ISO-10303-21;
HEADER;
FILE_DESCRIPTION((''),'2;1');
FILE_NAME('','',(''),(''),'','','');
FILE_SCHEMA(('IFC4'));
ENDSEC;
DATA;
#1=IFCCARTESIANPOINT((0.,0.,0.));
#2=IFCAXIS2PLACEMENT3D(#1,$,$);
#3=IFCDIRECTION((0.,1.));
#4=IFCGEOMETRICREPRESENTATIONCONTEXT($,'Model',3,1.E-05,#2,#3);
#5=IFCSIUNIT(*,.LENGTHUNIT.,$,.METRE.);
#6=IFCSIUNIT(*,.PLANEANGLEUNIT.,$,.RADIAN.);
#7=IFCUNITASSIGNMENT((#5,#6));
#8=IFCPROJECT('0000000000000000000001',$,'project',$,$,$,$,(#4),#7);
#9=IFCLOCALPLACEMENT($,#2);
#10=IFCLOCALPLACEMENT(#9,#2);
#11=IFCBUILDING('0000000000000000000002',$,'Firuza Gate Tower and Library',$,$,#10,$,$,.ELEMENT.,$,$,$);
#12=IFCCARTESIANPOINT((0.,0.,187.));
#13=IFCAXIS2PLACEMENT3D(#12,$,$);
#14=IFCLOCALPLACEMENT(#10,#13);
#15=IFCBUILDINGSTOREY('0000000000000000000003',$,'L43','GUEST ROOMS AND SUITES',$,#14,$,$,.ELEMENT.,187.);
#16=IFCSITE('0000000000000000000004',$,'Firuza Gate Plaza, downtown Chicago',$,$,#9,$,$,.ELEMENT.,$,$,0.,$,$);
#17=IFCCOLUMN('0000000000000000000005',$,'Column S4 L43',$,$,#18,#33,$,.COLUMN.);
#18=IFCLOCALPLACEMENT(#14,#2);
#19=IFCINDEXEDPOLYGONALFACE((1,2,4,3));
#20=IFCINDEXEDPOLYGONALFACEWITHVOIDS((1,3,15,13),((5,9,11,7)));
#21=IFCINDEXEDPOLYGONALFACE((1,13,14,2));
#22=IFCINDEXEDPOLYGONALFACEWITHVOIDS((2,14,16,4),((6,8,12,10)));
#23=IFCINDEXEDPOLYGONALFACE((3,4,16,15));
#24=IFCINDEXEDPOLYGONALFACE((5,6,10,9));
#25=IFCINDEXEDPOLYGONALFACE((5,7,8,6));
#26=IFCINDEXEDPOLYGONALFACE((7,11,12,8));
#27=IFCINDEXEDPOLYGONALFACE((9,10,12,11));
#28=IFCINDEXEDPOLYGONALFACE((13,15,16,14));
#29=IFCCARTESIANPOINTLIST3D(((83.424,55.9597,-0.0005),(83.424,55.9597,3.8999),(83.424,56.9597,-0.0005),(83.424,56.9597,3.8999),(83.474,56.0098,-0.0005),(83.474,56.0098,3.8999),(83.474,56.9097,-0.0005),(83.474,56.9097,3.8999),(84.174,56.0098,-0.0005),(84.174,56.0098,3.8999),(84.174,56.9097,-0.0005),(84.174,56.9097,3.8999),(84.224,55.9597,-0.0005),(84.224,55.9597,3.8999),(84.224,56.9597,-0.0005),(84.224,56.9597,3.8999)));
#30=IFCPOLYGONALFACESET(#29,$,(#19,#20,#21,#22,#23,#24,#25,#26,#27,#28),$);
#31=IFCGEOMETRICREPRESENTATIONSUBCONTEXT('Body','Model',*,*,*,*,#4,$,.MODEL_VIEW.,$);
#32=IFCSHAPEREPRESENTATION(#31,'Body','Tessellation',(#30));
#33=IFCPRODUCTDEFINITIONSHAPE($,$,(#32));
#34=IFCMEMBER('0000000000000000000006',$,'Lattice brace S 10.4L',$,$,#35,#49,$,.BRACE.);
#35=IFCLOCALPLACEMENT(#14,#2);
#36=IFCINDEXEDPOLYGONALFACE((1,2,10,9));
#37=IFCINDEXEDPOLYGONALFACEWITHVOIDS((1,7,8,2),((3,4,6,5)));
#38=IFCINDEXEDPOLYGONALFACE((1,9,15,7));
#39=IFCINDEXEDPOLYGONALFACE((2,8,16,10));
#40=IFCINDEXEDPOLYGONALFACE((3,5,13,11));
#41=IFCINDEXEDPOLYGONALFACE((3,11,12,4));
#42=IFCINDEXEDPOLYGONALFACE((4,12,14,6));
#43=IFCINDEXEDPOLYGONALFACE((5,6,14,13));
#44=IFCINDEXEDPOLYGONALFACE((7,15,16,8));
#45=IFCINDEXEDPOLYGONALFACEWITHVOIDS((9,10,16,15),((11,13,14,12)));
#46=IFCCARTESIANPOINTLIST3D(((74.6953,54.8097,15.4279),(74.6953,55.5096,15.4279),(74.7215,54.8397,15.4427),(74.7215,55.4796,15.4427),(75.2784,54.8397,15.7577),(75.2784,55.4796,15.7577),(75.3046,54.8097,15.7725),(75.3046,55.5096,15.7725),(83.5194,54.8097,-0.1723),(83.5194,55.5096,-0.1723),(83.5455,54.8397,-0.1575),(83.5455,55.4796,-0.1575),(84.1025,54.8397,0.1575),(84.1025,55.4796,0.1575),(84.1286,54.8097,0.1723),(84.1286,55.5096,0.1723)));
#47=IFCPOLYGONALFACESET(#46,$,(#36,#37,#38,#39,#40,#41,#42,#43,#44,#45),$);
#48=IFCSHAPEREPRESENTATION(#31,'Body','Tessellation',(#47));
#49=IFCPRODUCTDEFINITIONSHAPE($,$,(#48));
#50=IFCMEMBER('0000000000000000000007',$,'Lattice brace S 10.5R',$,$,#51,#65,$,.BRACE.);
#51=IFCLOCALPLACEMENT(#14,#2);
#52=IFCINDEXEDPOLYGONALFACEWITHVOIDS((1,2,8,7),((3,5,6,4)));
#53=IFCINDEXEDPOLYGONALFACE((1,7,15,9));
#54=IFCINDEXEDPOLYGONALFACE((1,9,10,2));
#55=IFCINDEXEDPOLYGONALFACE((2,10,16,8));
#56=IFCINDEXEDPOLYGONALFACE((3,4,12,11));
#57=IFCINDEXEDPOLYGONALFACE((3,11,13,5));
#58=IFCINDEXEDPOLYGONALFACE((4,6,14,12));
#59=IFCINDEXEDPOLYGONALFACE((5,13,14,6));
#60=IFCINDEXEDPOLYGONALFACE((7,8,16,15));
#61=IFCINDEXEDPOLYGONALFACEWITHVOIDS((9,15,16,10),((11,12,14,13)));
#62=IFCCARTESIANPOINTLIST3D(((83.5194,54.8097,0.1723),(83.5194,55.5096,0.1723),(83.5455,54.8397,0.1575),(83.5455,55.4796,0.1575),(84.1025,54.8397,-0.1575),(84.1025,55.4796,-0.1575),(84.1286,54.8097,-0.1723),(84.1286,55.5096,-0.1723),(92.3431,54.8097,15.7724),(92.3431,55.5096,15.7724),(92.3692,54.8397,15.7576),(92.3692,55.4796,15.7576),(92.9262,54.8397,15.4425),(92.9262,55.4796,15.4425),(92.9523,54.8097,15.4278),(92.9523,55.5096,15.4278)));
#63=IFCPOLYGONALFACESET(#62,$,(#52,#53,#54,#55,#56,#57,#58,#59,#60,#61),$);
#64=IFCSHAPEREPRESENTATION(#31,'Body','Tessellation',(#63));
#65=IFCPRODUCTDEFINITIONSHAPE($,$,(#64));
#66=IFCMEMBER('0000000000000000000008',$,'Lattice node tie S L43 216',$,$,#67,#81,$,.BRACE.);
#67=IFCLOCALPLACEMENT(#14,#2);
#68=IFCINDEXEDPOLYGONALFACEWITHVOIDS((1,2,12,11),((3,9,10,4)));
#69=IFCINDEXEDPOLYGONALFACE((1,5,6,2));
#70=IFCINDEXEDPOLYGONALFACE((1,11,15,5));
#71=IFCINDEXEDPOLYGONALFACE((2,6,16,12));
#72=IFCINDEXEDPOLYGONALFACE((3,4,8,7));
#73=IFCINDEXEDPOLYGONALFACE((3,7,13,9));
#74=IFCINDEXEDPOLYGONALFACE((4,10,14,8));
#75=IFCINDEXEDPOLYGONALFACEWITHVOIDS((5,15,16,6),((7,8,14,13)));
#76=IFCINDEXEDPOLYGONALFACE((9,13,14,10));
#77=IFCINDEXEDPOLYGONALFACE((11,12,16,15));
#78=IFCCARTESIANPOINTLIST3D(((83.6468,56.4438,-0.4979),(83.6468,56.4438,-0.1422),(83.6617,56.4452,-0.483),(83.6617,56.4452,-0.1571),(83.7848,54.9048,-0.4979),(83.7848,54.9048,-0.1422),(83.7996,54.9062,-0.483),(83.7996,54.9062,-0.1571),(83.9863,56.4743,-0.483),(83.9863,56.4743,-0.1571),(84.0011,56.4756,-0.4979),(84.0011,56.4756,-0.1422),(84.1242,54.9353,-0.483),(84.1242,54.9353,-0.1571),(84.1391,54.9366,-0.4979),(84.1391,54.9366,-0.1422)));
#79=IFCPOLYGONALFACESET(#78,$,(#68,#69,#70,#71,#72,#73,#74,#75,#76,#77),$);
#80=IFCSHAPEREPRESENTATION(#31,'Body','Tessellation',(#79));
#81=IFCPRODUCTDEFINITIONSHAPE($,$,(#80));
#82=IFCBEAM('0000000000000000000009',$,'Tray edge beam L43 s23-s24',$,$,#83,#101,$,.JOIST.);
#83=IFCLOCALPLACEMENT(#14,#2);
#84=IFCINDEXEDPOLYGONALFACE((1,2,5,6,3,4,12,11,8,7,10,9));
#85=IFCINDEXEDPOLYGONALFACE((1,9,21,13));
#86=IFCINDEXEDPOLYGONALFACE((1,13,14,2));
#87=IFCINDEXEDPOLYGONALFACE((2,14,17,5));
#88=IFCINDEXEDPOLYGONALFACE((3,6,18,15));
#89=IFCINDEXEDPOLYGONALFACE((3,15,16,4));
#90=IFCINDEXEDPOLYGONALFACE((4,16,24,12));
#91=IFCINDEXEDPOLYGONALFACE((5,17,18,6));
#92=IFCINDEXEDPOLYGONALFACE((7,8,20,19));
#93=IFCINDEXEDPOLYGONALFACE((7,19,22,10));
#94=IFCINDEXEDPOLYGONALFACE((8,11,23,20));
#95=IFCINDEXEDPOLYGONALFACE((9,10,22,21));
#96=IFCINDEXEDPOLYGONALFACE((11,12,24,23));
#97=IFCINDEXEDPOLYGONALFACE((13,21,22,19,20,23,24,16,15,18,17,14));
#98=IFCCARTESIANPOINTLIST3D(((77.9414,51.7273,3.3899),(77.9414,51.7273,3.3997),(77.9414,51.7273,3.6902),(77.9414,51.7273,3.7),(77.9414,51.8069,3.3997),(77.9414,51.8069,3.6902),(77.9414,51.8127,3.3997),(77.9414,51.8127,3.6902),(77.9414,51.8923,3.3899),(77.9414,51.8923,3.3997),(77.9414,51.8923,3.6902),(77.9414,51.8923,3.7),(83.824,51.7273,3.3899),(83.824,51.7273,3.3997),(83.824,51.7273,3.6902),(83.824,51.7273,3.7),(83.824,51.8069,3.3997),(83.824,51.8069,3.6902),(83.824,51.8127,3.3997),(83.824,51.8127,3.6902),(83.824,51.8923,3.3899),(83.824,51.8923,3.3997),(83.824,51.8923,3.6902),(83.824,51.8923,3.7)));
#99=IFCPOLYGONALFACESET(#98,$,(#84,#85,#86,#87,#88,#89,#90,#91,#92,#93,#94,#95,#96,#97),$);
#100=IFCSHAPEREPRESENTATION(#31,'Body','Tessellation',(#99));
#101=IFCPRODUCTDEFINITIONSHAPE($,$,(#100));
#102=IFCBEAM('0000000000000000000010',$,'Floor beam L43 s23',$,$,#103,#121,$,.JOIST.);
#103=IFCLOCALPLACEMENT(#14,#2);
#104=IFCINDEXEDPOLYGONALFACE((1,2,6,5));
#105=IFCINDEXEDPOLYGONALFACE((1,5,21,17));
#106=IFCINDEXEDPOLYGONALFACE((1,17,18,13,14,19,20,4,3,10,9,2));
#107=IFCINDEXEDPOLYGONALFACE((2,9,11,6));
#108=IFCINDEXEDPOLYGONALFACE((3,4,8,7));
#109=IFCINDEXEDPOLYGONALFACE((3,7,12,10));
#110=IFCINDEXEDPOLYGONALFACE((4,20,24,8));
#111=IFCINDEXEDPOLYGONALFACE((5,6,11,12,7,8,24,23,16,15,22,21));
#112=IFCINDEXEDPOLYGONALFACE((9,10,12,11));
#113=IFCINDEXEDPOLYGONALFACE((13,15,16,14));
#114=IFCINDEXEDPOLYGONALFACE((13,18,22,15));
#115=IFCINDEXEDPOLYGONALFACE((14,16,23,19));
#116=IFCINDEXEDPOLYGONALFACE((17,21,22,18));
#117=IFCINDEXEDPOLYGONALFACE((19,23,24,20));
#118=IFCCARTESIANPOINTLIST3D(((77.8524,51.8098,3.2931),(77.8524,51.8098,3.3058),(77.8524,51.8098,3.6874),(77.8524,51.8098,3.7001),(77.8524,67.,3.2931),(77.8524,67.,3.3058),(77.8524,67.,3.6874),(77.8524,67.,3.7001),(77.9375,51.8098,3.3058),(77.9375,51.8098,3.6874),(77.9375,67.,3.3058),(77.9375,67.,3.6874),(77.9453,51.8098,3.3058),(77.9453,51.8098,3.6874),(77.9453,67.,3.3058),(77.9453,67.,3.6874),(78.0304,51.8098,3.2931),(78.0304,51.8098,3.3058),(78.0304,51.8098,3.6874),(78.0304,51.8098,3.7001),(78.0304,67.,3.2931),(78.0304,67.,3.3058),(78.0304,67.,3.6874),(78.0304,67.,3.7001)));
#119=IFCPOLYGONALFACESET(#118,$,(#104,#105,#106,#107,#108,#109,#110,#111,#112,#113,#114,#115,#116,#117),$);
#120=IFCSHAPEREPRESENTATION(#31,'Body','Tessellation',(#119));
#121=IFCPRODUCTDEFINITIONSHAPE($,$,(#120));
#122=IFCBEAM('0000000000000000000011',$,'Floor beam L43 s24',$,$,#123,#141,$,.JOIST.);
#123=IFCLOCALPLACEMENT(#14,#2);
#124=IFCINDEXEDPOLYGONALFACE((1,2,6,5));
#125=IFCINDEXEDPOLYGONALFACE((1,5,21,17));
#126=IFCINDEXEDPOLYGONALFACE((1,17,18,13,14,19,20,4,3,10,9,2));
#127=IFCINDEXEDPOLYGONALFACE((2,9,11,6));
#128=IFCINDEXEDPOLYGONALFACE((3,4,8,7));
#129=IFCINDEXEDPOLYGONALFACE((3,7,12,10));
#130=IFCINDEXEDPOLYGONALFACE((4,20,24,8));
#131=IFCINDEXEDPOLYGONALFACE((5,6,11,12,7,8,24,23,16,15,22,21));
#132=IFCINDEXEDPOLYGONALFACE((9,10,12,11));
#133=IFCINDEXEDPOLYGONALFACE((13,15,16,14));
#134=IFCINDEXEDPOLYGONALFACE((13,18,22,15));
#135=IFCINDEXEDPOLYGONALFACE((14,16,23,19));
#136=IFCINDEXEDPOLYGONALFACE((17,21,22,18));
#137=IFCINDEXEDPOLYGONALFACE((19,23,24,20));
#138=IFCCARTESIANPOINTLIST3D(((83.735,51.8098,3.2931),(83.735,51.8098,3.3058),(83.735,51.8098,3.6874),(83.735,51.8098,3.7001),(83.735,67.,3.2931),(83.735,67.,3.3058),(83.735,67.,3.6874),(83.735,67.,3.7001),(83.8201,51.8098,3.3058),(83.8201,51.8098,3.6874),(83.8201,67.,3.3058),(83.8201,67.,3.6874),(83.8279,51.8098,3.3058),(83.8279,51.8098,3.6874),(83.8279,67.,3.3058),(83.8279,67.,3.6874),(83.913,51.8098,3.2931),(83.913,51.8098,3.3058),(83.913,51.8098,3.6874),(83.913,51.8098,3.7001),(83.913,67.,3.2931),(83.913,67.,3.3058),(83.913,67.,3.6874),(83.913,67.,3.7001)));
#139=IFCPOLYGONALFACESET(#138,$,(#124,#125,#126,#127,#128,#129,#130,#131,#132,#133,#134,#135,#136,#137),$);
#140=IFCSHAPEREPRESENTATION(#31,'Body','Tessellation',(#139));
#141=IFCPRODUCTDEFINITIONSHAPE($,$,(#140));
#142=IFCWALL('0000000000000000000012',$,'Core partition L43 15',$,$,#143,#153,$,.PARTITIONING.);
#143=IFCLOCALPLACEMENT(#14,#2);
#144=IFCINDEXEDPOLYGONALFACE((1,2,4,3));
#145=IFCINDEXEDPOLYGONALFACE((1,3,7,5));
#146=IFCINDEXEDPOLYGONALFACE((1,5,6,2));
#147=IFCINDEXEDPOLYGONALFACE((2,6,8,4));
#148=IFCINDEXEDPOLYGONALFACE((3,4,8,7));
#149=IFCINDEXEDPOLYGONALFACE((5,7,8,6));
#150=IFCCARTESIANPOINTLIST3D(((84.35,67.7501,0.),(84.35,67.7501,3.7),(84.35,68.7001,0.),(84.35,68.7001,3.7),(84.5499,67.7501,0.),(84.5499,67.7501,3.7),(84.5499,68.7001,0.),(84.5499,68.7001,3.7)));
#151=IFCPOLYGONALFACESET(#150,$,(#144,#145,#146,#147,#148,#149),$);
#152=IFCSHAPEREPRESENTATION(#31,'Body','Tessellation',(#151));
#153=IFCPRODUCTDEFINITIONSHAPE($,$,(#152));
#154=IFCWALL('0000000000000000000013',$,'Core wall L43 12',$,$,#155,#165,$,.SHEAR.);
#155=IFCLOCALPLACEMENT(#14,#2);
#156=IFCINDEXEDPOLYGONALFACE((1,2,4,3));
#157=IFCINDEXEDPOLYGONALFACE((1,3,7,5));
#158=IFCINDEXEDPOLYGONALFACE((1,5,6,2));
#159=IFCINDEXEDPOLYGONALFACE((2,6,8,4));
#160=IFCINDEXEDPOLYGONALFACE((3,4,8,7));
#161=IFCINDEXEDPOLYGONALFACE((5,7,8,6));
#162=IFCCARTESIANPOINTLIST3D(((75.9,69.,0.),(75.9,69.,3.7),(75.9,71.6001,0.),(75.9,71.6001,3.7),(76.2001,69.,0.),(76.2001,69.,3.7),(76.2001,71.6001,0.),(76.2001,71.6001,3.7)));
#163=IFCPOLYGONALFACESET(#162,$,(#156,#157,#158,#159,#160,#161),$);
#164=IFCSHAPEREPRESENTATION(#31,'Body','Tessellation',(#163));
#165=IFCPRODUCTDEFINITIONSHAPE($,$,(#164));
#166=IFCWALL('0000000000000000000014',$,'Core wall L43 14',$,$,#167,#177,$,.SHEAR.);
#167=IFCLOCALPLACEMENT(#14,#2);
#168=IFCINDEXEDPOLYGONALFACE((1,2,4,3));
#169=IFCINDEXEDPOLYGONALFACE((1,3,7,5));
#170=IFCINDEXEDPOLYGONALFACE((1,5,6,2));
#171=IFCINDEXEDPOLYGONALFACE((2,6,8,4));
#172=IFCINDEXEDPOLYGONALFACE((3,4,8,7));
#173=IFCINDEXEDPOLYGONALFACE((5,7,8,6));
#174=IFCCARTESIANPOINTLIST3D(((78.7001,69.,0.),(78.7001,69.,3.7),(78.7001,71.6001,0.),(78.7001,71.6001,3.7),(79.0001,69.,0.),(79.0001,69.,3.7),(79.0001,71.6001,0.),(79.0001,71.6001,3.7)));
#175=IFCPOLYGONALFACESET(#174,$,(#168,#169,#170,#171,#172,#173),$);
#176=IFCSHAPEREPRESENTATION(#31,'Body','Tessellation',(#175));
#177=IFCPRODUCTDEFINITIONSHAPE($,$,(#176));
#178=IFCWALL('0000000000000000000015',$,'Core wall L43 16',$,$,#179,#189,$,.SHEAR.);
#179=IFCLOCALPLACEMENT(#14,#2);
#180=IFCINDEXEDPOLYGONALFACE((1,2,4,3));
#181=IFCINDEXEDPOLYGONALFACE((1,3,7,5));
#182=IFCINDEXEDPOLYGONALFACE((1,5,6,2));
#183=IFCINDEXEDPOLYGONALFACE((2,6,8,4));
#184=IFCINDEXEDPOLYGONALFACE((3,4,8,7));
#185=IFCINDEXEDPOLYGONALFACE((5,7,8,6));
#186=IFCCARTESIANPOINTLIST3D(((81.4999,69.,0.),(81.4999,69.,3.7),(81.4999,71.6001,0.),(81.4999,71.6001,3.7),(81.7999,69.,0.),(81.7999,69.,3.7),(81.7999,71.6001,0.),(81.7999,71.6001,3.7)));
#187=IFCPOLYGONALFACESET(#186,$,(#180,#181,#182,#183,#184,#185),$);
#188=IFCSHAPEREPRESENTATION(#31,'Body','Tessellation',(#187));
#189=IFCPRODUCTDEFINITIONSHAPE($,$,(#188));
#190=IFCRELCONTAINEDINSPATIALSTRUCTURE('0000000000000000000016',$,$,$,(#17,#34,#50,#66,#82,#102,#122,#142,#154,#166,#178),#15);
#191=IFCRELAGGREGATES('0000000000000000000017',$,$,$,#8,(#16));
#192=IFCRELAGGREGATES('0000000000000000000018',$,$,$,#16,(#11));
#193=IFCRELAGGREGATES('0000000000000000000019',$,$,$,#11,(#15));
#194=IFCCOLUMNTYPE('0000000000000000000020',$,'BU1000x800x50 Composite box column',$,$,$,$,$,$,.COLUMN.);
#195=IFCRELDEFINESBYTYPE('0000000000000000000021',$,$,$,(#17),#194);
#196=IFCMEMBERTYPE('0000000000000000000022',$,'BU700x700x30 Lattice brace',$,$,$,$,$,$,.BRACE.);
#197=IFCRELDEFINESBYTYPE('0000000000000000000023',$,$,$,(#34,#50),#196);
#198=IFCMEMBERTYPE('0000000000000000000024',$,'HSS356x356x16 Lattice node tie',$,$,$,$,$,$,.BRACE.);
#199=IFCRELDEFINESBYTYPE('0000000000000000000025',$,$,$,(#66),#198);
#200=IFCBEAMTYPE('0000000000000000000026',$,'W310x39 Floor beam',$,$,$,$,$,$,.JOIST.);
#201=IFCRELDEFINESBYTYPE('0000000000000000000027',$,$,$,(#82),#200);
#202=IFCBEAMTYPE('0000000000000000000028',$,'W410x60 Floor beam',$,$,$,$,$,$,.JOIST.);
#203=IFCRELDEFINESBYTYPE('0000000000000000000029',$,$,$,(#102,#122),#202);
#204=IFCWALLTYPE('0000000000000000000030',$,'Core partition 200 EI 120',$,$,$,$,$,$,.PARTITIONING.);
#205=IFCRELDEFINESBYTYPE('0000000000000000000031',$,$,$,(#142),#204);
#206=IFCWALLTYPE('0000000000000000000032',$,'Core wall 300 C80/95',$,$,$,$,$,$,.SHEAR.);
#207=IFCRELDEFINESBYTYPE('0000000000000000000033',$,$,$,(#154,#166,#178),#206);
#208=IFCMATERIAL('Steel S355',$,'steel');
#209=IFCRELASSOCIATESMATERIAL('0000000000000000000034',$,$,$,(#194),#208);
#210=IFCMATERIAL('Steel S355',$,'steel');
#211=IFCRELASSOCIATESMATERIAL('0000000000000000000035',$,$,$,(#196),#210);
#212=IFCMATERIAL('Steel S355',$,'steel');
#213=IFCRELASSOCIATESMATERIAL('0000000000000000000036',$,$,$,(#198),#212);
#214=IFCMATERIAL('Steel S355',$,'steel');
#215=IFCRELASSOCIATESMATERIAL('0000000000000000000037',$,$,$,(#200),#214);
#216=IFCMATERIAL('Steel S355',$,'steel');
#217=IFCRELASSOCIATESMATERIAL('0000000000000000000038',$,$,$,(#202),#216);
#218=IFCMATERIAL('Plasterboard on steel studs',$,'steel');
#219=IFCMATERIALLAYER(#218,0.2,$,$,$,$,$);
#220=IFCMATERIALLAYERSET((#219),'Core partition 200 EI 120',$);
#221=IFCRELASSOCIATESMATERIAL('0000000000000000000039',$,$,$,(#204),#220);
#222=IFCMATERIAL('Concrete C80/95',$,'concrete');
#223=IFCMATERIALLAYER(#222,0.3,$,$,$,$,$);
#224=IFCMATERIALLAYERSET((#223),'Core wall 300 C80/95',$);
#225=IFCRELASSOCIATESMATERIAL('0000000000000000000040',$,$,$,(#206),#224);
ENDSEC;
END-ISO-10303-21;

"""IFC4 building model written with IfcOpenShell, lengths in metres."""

from ifc_helpers import new_model, si_unit, direction, frame, frame_2d, origin, origin_2d, place, context, subcontext, project, spatial, rectangle, hollow_rectangle, i_section, extrude, material, layer, layer_set, material_profile, profile_set, type_object, element, save


model = new_model("IFC4")

# Units and contexts
model_context = context("Model", 3, precision=1e-05, world=origin(), true_north=direction((0.0, 1.0)))
body_context = subcontext(model_context, "Body", "Model", "MODEL_VIEW")
ifc_project = project(units=[si_unit("LENGTHUNIT", "METRE"), si_unit("PLANEANGLEUNIT", "RADIAN")], contexts=[model_context])

# Site, building, storey
site_placement = place(None, origin())
site = spatial("IfcSite", under=ifc_project, at=site_placement, Name="Firuza Gate Plaza, downtown Chicago", CompositionType="ELEMENT", RefElevation=0.0)
building_placement = place(site_placement, origin())
building = spatial("IfcBuilding", under=site, at=building_placement, Name="Firuza Gate Tower and Library", CompositionType="ELEMENT")
storey_placement = place(building_placement, frame((0.0, 0.0, 187.0)))
storey = spatial("IfcBuildingStorey", under=building, at=storey_placement, Name="L43", Description="GUEST ROOMS AND SUITES", CompositionType="ELEMENT", Elevation=187.0)

# Column
ifc_material_1 = material(Name="Steel S355", Category="steel")
ifc_material_profile_1 = material_profile(ifc_material_1, hollow_rectangle(XDim=0.8, YDim=1.0, WallThickness=0.05, at=origin_2d()))
ifc_profile_set_1 = profile_set([ifc_material_profile_1], Name="Steel S355")
column_type = type_object("IfcColumnType", Name="BU1000x800x50 Composite box column", PredefinedType="COLUMN", material=ifc_profile_set_1)
column_placement = place(storey_placement, frame((83.824, 56.4597, -0.0005), z_axis=(0.0, 0.0, 1.0), x_axis=(1.0, 0.0, 0.0)))
element("IfcColumn", 1, at=column_placement, inside=storey, type_object=column_type, Name="Column S4 L43", PredefinedType="COLUMN", context=body_context, shape_type="SweptSolid", body=[
    extrude(hollow_rectangle(XDim=0.8, YDim=1.0, WallThickness=0.05, at=origin_2d()), origin(), (0.0, 0.0, 1.0), 3.9004),
])

# Members
ifc_material_2 = material(Name="Steel S355", Category="steel")
ifc_material_profile_2 = material_profile(ifc_material_2, hollow_rectangle(XDim=0.7, YDim=0.7, WallThickness=0.03, at=origin_2d()))
ifc_profile_set_2 = profile_set([ifc_material_profile_2], Name="Steel S355")
member_type_1 = type_object("IfcMemberType", Name="BU700x700x30 Lattice brace", PredefinedType="BRACE", material=ifc_profile_set_2)
member_1_placement = place(storey_placement, frame((83.824, 55.1597, 0.0), z_axis=(-0.492333, 0.0, 0.870407), x_axis=(0.0, -1.0, 0.0)))
element("IfcMember", 2, at=member_1_placement, inside=storey, type_object=member_type_1, Name="Lattice brace S 10.4L", PredefinedType="BRACE", context=body_context, shape_type="SweptSolid", body=[
    extrude(hollow_rectangle(XDim=0.7, YDim=0.7, WallThickness=0.03, at=origin_2d()), origin(), (0.0, 0.0, 1.0), 17.9229),
])
member_2_placement = place(storey_placement, frame((83.824, 55.1597, 0.0), z_axis=(0.492323, 0.0, 0.870413), x_axis=(0.0, 1.0, 0.0)))
element("IfcMember", 3, at=member_2_placement, inside=storey, type_object=member_type_1, Name="Lattice brace S 10.5R", PredefinedType="BRACE", context=body_context, shape_type="SweptSolid", body=[
    extrude(hollow_rectangle(XDim=0.7, YDim=0.7, WallThickness=0.03, at=origin_2d()), origin(), (0.0, 0.0, 1.0), 17.9226),
])
ifc_material_3 = material(Name="Steel S355", Category="steel")
ifc_material_profile_3 = material_profile(ifc_material_3, hollow_rectangle(XDim=0.3557, YDim=0.3557, WallThickness=0.0149, at=origin_2d()))
ifc_profile_set_3 = profile_set([ifc_material_profile_3], Name="Steel S355")
member_type_2 = type_object("IfcMemberType", Name="HSS356x356x16 Lattice node tie", PredefinedType="BRACE", material=ifc_profile_set_3)
member_3_placement = place(storey_placement, frame((83.824, 56.4597, -0.3201), z_axis=(0.089268, -0.996008, 0.0), x_axis=(0.996008, 0.089268, 0.0)))
element("IfcMember", 4, at=member_3_placement, inside=storey, type_object=member_type_2, Name="Lattice node tie S L43 216", PredefinedType="BRACE", context=body_context, shape_type="SweptSolid", body=[
    extrude(hollow_rectangle(XDim=0.3557, YDim=0.3557, WallThickness=0.0149, at=origin_2d()), origin(), (0.0, 0.0, 1.0), 1.5452),
])

# Beams
ifc_material_4 = material(Name="Steel S355", Category="steel")
ifc_material_profile_4 = material_profile(ifc_material_4, i_section(OverallWidth=0.165, OverallDepth=0.3101, WebThickness=0.0059, FlangeThickness=0.0098, at=origin_2d()))
ifc_profile_set_4 = profile_set([ifc_material_profile_4], Name="Steel S355")
beam_type_1 = type_object("IfcBeamType", Name="W310x39 Floor beam", PredefinedType="JOIST", material=ifc_profile_set_4)
beam_placement = place(storey_placement, frame((77.9414, 51.8098, 3.5449), z_axis=(1.0, 0.0, 0.0), x_axis=(0.0, 1.0, 0.0)))
element("IfcBeam", 5, at=beam_placement, inside=storey, type_object=beam_type_1, Name="Tray edge beam L43 s23-s24", PredefinedType="JOIST", context=body_context, shape_type="SweptSolid", body=[
    extrude(i_section(OverallWidth=0.165, OverallDepth=0.3101, WebThickness=0.0059, FlangeThickness=0.0098, at=origin_2d()), origin(), (0.0, 0.0, 1.0), 5.8826),
])
ifc_material_5 = material(Name="Steel S355", Category="steel")
ifc_material_profile_5 = material_profile(ifc_material_5, i_section(OverallWidth=0.178, OverallDepth=0.407, WebThickness=0.0078, FlangeThickness=0.0127, at=origin_2d()))
ifc_profile_set_5 = profile_set([ifc_material_profile_5], Name="Steel S355")
beam_type_2 = type_object("IfcBeamType", Name="W410x60 Floor beam", PredefinedType="JOIST", material=ifc_profile_set_5)
for number, where, z_axis, x_axis, name in (
    (6, (77.9414, 51.8098, 3.4966), (0.0, 1.0, 0.0), (-1.0, 0.0, 0.0), "Floor beam L43 s23"),
    (7, (83.824, 51.8098, 3.4966), (0.0, 1.0, 0.0), (-1.0, 0.0, 0.0), "Floor beam L43 s24"),
):
    element("IfcBeam", number, at=place(storey_placement, frame(where, z_axis=z_axis, x_axis=x_axis)), inside=storey, type_object=beam_type_2, Name=name, PredefinedType="JOIST", context=body_context, shape_type="SweptSolid", body=[
        extrude(i_section(OverallWidth=0.178, OverallDepth=0.407, WebThickness=0.0078, FlangeThickness=0.0127, at=origin_2d()), origin(), (0.0, 0.0, 1.0), 15.1902),
    ])

# Walls
ifc_material_6 = material(Name="Plasterboard on steel studs", Category="steel")
ifc_layer_1 = layer(ifc_material_6, 0.2)
ifc_layer_set_1 = layer_set([ifc_layer_1], Name="Core partition 200 EI 120")
wall_type_1 = type_object("IfcWallType", Name="Core partition 200 EI 120", PredefinedType="PARTITIONING", material=ifc_layer_set_1)
wall_1_placement = place(storey_placement, frame((84.45, 67.75, 0.0), z_axis=(0.0, 0.0, 1.0), x_axis=(0.0, 1.0, 0.0)))
element("IfcWall", 8, at=wall_1_placement, inside=storey, type_object=wall_type_1, Name="Core partition L43 15", PredefinedType="PARTITIONING", context=body_context, shape_type="SweptSolid", body=[
    extrude(rectangle(XDim=0.95, YDim=0.2, at=frame_2d((0.4751, 0.0))), origin(), (0.0, 0.0, 1.0), 3.7),
])
ifc_material_7 = material(Name="Concrete C80/95", Category="concrete")
ifc_layer_2 = layer(ifc_material_7, 0.3)
ifc_layer_set_2 = layer_set([ifc_layer_2], Name="Core wall 300 C80/95")
wall_type_2 = type_object("IfcWallType", Name="Core wall 300 C80/95", PredefinedType="SHEAR", material=ifc_layer_set_2)
for number, where, z_axis, x_axis, name in (
    (9, (76.05, 69.0, 0.0), (0.0, 0.0, 1.0), (0.0, 1.0, 0.0), "Core wall L43 12"),
    (10, (78.8501, 69.0, 0.0), (0.0, 0.0, 1.0), (0.0, 1.0, 0.0), "Core wall L43 14"),
    (11, (81.6499, 69.0, 0.0), (0.0, 0.0, 1.0), (0.0, 1.0, 0.0), "Core wall L43 16"),
):
    element("IfcWall", number, at=place(storey_placement, frame(where, z_axis=z_axis, x_axis=x_axis)), inside=storey, type_object=wall_type_2, Name=name, PredefinedType="SHEAR", context=body_context, shape_type="SweptSolid", body=[
        extrude(rectangle(XDim=2.6001, YDim=0.3, at=frame_2d((1.3, 0.0))), origin(), (0.0, 0.0, 1.0), 3.7),
    ])

save(model, "model.ifc")
